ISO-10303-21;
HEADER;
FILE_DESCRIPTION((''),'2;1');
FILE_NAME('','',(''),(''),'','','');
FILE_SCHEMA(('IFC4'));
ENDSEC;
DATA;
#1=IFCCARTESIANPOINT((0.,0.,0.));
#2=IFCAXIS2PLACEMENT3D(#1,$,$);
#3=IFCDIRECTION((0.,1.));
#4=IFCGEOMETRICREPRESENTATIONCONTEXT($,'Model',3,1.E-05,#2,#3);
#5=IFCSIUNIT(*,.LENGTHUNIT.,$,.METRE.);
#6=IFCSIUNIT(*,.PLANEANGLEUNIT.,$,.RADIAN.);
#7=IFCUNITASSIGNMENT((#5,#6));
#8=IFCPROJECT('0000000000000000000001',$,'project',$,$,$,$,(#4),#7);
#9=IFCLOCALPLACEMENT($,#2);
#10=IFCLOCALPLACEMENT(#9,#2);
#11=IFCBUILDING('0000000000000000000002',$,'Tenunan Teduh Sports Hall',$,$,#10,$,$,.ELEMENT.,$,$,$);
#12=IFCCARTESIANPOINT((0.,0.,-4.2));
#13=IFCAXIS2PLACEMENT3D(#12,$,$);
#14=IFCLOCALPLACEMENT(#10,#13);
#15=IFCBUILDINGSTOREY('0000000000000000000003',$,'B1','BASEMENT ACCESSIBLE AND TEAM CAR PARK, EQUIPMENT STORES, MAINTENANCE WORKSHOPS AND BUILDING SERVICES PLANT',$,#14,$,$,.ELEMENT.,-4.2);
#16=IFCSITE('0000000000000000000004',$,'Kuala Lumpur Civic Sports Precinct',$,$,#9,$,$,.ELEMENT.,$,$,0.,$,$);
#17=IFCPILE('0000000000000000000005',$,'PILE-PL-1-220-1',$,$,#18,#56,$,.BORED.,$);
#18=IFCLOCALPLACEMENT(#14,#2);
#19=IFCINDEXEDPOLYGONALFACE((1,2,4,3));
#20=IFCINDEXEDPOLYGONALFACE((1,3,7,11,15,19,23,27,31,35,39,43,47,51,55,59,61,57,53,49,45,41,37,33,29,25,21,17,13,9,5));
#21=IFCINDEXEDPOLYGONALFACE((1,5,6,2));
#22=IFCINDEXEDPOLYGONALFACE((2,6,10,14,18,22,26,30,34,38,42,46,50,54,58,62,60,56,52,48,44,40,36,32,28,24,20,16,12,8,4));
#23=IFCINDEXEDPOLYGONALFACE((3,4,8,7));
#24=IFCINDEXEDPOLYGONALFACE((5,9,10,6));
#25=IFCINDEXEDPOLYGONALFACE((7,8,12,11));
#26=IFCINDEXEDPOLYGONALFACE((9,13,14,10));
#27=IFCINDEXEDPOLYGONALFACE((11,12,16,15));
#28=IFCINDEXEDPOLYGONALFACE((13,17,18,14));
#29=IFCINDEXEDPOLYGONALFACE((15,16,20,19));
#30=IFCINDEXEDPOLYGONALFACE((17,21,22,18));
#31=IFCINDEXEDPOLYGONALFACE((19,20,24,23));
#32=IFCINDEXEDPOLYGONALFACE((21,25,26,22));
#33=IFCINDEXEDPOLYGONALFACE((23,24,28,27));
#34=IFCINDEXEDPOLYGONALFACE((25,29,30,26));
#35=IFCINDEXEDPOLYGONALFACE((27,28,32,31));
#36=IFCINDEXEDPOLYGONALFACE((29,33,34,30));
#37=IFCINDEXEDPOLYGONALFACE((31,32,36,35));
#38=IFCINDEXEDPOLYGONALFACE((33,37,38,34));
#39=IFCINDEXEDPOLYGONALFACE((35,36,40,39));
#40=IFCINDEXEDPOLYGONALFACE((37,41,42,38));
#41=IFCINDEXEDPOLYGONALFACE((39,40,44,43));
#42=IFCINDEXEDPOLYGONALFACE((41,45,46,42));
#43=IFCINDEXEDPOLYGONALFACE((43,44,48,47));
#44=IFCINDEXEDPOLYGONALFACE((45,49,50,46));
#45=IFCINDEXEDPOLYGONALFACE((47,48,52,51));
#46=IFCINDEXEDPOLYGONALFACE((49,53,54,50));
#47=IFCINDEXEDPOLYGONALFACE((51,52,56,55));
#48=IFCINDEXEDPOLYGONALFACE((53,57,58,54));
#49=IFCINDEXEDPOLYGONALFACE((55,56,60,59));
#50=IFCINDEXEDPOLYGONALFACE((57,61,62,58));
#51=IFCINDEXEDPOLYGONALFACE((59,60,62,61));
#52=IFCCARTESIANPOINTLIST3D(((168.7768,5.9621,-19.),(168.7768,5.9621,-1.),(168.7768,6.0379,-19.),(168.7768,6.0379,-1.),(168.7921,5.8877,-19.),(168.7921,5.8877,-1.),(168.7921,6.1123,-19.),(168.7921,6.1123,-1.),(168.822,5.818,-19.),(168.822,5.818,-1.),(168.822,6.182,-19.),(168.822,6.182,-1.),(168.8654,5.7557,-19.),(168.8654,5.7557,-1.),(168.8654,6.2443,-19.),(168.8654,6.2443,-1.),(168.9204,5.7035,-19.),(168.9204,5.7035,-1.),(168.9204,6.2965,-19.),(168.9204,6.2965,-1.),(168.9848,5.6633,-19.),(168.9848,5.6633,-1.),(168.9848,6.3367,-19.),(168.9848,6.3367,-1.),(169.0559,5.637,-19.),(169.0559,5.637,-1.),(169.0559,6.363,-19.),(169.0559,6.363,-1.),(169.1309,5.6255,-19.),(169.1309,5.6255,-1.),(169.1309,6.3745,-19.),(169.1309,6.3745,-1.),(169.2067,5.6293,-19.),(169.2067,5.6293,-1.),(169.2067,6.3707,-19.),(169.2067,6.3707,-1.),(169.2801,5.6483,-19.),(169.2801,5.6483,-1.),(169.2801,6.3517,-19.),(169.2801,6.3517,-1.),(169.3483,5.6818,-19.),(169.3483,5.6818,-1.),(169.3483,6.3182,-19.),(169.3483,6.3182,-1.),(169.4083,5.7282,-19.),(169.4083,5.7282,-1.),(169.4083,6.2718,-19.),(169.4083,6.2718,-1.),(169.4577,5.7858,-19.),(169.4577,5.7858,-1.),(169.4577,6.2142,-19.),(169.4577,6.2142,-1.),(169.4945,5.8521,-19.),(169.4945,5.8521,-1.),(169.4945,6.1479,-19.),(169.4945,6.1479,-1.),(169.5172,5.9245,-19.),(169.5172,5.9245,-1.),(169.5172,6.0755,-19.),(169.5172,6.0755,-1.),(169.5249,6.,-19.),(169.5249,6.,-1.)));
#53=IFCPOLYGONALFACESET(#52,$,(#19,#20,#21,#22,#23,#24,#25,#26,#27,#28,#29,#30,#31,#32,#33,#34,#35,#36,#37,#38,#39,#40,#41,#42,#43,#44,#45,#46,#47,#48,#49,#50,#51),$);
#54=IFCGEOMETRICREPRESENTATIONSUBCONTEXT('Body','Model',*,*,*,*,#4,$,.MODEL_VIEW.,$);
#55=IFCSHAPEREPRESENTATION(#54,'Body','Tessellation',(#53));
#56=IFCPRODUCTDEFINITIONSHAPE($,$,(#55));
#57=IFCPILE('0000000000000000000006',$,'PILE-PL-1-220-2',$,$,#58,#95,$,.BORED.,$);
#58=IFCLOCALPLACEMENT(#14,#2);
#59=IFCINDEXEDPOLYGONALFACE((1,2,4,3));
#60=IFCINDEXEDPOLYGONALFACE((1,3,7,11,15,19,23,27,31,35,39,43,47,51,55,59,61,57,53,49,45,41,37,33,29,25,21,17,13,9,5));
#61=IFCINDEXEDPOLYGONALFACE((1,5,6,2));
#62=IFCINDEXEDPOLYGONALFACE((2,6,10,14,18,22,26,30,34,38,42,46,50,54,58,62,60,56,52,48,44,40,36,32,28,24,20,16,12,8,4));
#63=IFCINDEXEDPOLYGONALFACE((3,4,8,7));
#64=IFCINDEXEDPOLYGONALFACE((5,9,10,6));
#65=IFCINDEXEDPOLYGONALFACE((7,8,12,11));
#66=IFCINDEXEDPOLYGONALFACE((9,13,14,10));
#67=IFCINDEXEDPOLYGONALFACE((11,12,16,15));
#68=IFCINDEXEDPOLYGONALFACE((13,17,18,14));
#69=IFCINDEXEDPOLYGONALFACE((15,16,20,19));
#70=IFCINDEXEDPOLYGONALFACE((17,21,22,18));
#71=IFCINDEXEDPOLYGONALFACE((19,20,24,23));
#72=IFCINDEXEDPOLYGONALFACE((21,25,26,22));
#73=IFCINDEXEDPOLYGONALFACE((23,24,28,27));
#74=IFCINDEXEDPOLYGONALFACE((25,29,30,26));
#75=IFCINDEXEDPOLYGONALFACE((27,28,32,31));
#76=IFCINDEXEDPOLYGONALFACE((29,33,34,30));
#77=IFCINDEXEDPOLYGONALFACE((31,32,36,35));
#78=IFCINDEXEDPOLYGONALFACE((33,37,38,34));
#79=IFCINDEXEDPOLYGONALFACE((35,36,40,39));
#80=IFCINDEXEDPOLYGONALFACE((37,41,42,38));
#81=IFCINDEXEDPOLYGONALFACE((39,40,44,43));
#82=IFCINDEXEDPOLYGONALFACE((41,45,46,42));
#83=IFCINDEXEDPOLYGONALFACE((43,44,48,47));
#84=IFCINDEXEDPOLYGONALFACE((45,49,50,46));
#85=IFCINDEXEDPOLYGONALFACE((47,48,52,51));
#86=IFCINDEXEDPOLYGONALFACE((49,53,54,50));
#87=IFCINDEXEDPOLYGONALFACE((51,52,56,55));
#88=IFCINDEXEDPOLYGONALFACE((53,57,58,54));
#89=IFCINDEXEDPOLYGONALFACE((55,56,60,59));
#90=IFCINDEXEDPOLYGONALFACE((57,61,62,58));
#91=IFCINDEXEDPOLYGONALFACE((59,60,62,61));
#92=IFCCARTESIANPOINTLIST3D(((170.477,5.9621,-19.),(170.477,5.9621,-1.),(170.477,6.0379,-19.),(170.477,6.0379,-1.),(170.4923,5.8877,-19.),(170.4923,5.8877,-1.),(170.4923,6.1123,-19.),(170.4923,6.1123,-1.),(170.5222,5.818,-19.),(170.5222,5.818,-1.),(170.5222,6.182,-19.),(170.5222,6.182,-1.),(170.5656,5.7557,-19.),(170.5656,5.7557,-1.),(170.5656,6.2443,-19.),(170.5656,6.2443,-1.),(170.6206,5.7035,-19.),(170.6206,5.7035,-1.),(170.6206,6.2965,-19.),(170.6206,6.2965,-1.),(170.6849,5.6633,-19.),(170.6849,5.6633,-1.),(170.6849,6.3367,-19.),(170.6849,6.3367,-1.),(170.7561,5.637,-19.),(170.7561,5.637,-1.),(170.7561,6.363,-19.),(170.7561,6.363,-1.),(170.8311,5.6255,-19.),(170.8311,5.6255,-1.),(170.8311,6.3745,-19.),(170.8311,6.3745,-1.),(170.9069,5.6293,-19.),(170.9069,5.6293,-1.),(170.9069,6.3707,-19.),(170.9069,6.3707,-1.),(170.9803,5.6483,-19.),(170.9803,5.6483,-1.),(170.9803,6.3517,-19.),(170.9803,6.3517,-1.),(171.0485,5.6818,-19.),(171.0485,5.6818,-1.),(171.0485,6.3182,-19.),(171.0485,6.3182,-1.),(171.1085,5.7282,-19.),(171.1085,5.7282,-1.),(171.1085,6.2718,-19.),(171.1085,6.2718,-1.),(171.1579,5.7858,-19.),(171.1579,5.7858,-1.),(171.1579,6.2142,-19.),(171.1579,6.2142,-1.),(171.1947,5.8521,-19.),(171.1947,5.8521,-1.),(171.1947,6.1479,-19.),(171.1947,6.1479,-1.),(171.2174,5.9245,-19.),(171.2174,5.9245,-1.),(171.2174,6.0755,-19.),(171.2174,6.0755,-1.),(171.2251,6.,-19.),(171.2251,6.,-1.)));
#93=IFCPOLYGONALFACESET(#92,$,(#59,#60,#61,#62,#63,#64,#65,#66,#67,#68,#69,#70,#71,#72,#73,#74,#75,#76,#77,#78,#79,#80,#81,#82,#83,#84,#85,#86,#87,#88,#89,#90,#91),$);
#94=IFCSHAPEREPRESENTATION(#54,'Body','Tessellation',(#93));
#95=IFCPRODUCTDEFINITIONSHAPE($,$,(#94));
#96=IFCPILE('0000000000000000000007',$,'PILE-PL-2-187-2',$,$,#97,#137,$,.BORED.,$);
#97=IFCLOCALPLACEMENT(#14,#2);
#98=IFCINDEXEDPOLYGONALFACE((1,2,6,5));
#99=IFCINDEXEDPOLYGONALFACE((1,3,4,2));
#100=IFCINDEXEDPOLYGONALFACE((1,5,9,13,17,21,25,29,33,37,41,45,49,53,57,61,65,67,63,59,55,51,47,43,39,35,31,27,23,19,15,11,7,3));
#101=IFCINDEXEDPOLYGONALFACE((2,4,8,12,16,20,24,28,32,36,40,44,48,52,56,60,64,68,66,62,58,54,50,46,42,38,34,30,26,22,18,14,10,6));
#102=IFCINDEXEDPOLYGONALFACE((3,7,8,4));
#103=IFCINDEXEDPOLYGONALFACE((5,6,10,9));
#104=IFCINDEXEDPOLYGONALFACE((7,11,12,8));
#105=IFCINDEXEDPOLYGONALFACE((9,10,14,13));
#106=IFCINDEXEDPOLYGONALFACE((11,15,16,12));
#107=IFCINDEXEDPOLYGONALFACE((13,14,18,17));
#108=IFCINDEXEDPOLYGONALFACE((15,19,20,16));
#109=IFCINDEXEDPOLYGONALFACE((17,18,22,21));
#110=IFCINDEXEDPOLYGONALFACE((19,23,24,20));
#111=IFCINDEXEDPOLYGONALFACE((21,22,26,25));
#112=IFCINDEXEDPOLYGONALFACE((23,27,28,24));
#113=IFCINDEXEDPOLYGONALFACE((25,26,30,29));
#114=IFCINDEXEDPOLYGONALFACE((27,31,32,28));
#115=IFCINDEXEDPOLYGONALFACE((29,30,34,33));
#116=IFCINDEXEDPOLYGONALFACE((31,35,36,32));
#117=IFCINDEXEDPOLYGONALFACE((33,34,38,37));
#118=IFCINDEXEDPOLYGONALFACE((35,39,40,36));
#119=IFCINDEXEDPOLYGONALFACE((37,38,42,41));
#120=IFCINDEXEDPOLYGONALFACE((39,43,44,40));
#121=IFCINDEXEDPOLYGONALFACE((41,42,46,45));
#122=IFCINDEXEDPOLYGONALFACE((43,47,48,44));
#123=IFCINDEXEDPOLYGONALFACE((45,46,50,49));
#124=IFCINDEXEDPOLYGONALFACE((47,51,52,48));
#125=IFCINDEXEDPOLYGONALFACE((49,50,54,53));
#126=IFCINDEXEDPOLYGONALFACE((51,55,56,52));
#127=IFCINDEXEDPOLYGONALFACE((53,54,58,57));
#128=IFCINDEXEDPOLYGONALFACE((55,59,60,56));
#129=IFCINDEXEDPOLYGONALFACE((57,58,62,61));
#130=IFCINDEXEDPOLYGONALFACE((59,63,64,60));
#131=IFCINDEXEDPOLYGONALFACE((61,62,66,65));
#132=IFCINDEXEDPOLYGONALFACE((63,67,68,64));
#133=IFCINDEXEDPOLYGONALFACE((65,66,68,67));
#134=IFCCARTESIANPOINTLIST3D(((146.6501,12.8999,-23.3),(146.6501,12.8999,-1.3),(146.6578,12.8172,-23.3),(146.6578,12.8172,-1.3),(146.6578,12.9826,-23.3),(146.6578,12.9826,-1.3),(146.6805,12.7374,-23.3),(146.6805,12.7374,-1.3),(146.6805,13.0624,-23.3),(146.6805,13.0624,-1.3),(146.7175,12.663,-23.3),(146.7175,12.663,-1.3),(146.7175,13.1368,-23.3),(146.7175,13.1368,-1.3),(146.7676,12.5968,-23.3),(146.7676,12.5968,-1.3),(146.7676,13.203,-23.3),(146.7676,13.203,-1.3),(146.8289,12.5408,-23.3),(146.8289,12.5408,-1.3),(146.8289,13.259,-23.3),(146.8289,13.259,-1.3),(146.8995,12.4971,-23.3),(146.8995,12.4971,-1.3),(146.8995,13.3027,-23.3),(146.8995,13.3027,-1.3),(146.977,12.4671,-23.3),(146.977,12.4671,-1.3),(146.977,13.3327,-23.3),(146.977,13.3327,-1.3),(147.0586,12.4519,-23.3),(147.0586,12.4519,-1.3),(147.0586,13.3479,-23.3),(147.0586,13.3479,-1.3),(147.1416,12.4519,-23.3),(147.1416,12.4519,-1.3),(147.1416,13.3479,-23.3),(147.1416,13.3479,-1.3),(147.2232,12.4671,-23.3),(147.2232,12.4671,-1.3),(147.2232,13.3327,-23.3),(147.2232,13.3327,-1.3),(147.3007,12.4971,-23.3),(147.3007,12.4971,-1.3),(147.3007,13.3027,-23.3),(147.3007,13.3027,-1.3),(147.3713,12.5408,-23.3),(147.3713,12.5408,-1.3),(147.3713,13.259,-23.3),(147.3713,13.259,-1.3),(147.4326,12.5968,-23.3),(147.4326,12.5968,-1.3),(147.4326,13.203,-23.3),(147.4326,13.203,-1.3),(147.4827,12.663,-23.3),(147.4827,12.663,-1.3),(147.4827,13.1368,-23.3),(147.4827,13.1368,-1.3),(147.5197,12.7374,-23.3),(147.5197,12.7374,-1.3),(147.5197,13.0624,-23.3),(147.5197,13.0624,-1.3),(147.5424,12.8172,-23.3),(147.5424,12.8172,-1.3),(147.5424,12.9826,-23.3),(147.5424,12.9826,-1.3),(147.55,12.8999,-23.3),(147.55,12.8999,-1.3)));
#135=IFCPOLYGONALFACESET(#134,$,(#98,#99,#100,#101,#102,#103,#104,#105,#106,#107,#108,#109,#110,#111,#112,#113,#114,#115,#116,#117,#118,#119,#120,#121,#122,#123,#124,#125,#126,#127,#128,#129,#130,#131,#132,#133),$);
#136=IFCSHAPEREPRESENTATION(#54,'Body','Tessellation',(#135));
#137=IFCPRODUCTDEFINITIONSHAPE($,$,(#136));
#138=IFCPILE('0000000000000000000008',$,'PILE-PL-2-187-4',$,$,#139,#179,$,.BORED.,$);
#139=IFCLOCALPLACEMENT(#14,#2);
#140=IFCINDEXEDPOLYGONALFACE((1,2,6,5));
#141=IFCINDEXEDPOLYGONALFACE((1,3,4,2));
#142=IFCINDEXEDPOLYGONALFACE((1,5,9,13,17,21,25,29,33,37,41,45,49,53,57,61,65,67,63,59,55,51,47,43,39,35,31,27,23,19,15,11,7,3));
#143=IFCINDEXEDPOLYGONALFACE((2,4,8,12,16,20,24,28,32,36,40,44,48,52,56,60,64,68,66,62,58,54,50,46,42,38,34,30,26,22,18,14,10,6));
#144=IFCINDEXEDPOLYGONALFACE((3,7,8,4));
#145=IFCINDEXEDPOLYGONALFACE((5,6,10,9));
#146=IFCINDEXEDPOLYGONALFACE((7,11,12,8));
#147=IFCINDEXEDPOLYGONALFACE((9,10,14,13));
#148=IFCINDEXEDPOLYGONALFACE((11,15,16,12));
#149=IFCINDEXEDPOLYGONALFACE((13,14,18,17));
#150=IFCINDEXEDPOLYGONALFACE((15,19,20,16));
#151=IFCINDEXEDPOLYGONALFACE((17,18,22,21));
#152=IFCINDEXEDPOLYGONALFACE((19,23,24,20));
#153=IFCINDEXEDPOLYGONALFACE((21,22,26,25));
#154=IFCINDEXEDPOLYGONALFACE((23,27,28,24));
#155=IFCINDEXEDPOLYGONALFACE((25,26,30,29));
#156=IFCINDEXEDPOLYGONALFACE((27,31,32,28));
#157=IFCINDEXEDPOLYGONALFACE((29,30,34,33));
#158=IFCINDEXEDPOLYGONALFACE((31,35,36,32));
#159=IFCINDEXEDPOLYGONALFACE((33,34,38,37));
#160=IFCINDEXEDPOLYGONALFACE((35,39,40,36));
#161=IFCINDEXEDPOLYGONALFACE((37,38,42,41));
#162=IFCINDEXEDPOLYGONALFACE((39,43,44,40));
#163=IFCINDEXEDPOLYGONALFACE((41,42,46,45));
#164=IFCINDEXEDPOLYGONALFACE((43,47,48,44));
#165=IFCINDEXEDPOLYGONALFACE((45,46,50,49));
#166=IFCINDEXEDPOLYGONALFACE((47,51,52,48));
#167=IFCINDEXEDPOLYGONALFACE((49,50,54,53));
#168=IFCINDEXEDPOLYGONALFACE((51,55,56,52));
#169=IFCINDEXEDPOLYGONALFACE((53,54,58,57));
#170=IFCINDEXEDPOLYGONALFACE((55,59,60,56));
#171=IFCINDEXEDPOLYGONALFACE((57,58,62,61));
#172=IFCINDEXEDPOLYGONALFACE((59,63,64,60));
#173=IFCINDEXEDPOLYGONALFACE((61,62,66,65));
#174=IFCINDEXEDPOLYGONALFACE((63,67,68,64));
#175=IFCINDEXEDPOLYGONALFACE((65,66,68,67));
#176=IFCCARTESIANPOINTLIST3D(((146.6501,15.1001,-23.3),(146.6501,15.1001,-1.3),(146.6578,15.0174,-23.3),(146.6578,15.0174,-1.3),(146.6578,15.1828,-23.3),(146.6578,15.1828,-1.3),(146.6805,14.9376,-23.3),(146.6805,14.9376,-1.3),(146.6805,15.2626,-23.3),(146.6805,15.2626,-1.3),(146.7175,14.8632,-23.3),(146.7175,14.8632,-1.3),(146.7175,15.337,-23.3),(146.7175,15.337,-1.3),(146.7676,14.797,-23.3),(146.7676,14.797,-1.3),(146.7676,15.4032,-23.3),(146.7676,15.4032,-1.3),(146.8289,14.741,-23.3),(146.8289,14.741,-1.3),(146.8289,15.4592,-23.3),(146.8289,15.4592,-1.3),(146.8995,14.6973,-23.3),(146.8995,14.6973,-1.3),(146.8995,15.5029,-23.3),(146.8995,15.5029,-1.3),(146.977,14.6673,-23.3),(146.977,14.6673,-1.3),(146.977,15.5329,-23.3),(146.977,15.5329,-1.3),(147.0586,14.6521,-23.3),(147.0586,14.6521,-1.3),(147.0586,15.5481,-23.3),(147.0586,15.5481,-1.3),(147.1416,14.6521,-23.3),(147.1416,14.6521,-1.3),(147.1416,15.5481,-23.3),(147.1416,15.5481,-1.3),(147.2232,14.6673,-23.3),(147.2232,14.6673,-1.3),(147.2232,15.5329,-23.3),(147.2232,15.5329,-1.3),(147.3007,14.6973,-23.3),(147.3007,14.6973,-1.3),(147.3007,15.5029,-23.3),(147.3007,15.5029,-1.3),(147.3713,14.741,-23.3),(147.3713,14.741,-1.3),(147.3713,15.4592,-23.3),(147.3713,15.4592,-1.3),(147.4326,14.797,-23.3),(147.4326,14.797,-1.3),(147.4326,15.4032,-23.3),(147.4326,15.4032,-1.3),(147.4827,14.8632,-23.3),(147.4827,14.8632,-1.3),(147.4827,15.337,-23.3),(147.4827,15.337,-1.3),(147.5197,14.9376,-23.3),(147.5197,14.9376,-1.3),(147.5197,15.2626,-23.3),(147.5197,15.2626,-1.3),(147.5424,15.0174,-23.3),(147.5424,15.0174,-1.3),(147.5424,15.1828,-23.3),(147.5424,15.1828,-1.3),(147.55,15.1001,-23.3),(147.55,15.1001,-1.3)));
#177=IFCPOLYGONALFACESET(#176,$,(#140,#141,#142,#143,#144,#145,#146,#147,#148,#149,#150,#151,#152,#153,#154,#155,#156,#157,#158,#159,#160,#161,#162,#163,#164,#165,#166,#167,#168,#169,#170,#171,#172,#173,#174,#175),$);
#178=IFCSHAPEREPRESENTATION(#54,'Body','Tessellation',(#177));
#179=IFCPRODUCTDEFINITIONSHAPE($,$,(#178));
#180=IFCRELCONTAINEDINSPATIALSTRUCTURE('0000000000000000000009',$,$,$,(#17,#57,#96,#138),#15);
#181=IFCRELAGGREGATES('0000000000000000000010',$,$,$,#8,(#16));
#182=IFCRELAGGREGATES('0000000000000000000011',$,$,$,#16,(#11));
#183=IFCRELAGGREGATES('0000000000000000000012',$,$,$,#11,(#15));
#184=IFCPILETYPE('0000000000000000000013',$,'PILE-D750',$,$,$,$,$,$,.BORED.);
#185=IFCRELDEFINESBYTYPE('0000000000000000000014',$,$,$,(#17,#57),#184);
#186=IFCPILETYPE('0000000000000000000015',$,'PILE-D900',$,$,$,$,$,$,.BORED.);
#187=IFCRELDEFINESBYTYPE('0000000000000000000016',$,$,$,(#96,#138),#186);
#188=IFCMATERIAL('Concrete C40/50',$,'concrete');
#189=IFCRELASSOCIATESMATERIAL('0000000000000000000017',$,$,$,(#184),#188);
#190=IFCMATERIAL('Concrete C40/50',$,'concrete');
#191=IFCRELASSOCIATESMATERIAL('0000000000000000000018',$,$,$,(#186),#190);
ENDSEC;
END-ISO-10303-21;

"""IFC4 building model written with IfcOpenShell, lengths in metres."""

from ifc_helpers import new_model, si_unit, direction, frame, origin, origin_2d, place, context, subcontext, project, spatial, circle, extrude, material, material_profile, profile_set, type_object, element, save


model = new_model("IFC4")

# Units and contexts
model_context = context("Model", 3, precision=1e-05, world=origin(), true_north=direction((0.0, 1.0)))
body_context = subcontext(model_context, "Body", "Model", "MODEL_VIEW")
ifc_project = project(units=[si_unit("LENGTHUNIT", "METRE"), si_unit("PLANEANGLEUNIT", "RADIAN")], contexts=[model_context])

# Site, building, storey
site_placement = place(None, origin())
site = spatial("IfcSite", under=ifc_project, at=site_placement, Name="Kuala Lumpur Civic Sports Precinct", CompositionType="ELEMENT", RefElevation=0.0)
building_placement = place(site_placement, origin())
building = spatial("IfcBuilding", under=site, at=building_placement, Name="Tenunan Teduh Sports Hall", CompositionType="ELEMENT")
storey_placement = place(building_placement, frame((0.0, 0.0, -4.2)))
storey = spatial("IfcBuildingStorey", under=building, at=storey_placement, Name="B1", Description="BASEMENT ACCESSIBLE AND TEAM CAR PARK, EQUIPMENT STORES, MAINTENANCE WORKSHOPS AND BUILDING SERVICES PLANT", CompositionType="ELEMENT", Elevation=-4.2)

# Piles
ifc_material_1 = material(Name="Concrete C40/50", Category="concrete")
ifc_material_profile_1 = material_profile(ifc_material_1, circle(Radius=0.375, at=origin_2d()), Name="PILE D750")
ifc_profile_set_1 = profile_set([ifc_material_profile_1], Name="Concrete C40/50")
pile_type_1 = type_object("IfcPileType", Name="PILE-D750", PredefinedType="BORED", material=ifc_profile_set_1)
for number, where, z_axis, x_axis, name in (
    (1, (169.1499, 6.0, -1.0), (0.0, 0.0, -1.0), (1.0, 0.0, 0.0), "PILE-PL-1-220-1"),
    (2, (170.8501, 6.0, -1.0), (0.0, 0.0, -1.0), (1.0, 0.0, 0.0), "PILE-PL-1-220-2"),
):
    element("IfcPile", number, at=place(storey_placement, frame(where, z_axis=z_axis, x_axis=x_axis)), inside=storey, type_object=pile_type_1, Name=name, PredefinedType="BORED", context=body_context, shape_type="SweptSolid", body=[
        extrude(circle(Radius=0.375, at=origin_2d()), origin(), (0.0, 0.0, 1.0), 18.0),
    ])
ifc_material_2 = material(Name="Concrete C40/50", Category="concrete")
ifc_material_profile_2 = material_profile(ifc_material_2, circle(Radius=0.45, at=origin_2d()), Name="PILE D900")
ifc_profile_set_2 = profile_set([ifc_material_profile_2], Name="Concrete C40/50")
pile_type_2 = type_object("IfcPileType", Name="PILE-D900", PredefinedType="BORED", material=ifc_profile_set_2)
for number, where, z_axis, x_axis, name in (
    (3, (147.1001, 12.8999, -1.3), (0.0, 0.0, -1.0), (1.0, 0.0, 0.0), "PILE-PL-2-187-2"),
    (4, (147.1001, 15.1001, -1.3), (0.0, 0.0, -1.0), (1.0, 0.0, 0.0), "PILE-PL-2-187-4"),
):
    element("IfcPile", number, at=place(storey_placement, frame(where, z_axis=z_axis, x_axis=x_axis)), inside=storey, type_object=pile_type_2, Name=name, PredefinedType="BORED", context=body_context, shape_type="SweptSolid", body=[
        extrude(circle(Radius=0.45, at=origin_2d()), origin(), (0.0, 0.0, 1.0), 22.0),
    ])

save(model, "model.ifc")
